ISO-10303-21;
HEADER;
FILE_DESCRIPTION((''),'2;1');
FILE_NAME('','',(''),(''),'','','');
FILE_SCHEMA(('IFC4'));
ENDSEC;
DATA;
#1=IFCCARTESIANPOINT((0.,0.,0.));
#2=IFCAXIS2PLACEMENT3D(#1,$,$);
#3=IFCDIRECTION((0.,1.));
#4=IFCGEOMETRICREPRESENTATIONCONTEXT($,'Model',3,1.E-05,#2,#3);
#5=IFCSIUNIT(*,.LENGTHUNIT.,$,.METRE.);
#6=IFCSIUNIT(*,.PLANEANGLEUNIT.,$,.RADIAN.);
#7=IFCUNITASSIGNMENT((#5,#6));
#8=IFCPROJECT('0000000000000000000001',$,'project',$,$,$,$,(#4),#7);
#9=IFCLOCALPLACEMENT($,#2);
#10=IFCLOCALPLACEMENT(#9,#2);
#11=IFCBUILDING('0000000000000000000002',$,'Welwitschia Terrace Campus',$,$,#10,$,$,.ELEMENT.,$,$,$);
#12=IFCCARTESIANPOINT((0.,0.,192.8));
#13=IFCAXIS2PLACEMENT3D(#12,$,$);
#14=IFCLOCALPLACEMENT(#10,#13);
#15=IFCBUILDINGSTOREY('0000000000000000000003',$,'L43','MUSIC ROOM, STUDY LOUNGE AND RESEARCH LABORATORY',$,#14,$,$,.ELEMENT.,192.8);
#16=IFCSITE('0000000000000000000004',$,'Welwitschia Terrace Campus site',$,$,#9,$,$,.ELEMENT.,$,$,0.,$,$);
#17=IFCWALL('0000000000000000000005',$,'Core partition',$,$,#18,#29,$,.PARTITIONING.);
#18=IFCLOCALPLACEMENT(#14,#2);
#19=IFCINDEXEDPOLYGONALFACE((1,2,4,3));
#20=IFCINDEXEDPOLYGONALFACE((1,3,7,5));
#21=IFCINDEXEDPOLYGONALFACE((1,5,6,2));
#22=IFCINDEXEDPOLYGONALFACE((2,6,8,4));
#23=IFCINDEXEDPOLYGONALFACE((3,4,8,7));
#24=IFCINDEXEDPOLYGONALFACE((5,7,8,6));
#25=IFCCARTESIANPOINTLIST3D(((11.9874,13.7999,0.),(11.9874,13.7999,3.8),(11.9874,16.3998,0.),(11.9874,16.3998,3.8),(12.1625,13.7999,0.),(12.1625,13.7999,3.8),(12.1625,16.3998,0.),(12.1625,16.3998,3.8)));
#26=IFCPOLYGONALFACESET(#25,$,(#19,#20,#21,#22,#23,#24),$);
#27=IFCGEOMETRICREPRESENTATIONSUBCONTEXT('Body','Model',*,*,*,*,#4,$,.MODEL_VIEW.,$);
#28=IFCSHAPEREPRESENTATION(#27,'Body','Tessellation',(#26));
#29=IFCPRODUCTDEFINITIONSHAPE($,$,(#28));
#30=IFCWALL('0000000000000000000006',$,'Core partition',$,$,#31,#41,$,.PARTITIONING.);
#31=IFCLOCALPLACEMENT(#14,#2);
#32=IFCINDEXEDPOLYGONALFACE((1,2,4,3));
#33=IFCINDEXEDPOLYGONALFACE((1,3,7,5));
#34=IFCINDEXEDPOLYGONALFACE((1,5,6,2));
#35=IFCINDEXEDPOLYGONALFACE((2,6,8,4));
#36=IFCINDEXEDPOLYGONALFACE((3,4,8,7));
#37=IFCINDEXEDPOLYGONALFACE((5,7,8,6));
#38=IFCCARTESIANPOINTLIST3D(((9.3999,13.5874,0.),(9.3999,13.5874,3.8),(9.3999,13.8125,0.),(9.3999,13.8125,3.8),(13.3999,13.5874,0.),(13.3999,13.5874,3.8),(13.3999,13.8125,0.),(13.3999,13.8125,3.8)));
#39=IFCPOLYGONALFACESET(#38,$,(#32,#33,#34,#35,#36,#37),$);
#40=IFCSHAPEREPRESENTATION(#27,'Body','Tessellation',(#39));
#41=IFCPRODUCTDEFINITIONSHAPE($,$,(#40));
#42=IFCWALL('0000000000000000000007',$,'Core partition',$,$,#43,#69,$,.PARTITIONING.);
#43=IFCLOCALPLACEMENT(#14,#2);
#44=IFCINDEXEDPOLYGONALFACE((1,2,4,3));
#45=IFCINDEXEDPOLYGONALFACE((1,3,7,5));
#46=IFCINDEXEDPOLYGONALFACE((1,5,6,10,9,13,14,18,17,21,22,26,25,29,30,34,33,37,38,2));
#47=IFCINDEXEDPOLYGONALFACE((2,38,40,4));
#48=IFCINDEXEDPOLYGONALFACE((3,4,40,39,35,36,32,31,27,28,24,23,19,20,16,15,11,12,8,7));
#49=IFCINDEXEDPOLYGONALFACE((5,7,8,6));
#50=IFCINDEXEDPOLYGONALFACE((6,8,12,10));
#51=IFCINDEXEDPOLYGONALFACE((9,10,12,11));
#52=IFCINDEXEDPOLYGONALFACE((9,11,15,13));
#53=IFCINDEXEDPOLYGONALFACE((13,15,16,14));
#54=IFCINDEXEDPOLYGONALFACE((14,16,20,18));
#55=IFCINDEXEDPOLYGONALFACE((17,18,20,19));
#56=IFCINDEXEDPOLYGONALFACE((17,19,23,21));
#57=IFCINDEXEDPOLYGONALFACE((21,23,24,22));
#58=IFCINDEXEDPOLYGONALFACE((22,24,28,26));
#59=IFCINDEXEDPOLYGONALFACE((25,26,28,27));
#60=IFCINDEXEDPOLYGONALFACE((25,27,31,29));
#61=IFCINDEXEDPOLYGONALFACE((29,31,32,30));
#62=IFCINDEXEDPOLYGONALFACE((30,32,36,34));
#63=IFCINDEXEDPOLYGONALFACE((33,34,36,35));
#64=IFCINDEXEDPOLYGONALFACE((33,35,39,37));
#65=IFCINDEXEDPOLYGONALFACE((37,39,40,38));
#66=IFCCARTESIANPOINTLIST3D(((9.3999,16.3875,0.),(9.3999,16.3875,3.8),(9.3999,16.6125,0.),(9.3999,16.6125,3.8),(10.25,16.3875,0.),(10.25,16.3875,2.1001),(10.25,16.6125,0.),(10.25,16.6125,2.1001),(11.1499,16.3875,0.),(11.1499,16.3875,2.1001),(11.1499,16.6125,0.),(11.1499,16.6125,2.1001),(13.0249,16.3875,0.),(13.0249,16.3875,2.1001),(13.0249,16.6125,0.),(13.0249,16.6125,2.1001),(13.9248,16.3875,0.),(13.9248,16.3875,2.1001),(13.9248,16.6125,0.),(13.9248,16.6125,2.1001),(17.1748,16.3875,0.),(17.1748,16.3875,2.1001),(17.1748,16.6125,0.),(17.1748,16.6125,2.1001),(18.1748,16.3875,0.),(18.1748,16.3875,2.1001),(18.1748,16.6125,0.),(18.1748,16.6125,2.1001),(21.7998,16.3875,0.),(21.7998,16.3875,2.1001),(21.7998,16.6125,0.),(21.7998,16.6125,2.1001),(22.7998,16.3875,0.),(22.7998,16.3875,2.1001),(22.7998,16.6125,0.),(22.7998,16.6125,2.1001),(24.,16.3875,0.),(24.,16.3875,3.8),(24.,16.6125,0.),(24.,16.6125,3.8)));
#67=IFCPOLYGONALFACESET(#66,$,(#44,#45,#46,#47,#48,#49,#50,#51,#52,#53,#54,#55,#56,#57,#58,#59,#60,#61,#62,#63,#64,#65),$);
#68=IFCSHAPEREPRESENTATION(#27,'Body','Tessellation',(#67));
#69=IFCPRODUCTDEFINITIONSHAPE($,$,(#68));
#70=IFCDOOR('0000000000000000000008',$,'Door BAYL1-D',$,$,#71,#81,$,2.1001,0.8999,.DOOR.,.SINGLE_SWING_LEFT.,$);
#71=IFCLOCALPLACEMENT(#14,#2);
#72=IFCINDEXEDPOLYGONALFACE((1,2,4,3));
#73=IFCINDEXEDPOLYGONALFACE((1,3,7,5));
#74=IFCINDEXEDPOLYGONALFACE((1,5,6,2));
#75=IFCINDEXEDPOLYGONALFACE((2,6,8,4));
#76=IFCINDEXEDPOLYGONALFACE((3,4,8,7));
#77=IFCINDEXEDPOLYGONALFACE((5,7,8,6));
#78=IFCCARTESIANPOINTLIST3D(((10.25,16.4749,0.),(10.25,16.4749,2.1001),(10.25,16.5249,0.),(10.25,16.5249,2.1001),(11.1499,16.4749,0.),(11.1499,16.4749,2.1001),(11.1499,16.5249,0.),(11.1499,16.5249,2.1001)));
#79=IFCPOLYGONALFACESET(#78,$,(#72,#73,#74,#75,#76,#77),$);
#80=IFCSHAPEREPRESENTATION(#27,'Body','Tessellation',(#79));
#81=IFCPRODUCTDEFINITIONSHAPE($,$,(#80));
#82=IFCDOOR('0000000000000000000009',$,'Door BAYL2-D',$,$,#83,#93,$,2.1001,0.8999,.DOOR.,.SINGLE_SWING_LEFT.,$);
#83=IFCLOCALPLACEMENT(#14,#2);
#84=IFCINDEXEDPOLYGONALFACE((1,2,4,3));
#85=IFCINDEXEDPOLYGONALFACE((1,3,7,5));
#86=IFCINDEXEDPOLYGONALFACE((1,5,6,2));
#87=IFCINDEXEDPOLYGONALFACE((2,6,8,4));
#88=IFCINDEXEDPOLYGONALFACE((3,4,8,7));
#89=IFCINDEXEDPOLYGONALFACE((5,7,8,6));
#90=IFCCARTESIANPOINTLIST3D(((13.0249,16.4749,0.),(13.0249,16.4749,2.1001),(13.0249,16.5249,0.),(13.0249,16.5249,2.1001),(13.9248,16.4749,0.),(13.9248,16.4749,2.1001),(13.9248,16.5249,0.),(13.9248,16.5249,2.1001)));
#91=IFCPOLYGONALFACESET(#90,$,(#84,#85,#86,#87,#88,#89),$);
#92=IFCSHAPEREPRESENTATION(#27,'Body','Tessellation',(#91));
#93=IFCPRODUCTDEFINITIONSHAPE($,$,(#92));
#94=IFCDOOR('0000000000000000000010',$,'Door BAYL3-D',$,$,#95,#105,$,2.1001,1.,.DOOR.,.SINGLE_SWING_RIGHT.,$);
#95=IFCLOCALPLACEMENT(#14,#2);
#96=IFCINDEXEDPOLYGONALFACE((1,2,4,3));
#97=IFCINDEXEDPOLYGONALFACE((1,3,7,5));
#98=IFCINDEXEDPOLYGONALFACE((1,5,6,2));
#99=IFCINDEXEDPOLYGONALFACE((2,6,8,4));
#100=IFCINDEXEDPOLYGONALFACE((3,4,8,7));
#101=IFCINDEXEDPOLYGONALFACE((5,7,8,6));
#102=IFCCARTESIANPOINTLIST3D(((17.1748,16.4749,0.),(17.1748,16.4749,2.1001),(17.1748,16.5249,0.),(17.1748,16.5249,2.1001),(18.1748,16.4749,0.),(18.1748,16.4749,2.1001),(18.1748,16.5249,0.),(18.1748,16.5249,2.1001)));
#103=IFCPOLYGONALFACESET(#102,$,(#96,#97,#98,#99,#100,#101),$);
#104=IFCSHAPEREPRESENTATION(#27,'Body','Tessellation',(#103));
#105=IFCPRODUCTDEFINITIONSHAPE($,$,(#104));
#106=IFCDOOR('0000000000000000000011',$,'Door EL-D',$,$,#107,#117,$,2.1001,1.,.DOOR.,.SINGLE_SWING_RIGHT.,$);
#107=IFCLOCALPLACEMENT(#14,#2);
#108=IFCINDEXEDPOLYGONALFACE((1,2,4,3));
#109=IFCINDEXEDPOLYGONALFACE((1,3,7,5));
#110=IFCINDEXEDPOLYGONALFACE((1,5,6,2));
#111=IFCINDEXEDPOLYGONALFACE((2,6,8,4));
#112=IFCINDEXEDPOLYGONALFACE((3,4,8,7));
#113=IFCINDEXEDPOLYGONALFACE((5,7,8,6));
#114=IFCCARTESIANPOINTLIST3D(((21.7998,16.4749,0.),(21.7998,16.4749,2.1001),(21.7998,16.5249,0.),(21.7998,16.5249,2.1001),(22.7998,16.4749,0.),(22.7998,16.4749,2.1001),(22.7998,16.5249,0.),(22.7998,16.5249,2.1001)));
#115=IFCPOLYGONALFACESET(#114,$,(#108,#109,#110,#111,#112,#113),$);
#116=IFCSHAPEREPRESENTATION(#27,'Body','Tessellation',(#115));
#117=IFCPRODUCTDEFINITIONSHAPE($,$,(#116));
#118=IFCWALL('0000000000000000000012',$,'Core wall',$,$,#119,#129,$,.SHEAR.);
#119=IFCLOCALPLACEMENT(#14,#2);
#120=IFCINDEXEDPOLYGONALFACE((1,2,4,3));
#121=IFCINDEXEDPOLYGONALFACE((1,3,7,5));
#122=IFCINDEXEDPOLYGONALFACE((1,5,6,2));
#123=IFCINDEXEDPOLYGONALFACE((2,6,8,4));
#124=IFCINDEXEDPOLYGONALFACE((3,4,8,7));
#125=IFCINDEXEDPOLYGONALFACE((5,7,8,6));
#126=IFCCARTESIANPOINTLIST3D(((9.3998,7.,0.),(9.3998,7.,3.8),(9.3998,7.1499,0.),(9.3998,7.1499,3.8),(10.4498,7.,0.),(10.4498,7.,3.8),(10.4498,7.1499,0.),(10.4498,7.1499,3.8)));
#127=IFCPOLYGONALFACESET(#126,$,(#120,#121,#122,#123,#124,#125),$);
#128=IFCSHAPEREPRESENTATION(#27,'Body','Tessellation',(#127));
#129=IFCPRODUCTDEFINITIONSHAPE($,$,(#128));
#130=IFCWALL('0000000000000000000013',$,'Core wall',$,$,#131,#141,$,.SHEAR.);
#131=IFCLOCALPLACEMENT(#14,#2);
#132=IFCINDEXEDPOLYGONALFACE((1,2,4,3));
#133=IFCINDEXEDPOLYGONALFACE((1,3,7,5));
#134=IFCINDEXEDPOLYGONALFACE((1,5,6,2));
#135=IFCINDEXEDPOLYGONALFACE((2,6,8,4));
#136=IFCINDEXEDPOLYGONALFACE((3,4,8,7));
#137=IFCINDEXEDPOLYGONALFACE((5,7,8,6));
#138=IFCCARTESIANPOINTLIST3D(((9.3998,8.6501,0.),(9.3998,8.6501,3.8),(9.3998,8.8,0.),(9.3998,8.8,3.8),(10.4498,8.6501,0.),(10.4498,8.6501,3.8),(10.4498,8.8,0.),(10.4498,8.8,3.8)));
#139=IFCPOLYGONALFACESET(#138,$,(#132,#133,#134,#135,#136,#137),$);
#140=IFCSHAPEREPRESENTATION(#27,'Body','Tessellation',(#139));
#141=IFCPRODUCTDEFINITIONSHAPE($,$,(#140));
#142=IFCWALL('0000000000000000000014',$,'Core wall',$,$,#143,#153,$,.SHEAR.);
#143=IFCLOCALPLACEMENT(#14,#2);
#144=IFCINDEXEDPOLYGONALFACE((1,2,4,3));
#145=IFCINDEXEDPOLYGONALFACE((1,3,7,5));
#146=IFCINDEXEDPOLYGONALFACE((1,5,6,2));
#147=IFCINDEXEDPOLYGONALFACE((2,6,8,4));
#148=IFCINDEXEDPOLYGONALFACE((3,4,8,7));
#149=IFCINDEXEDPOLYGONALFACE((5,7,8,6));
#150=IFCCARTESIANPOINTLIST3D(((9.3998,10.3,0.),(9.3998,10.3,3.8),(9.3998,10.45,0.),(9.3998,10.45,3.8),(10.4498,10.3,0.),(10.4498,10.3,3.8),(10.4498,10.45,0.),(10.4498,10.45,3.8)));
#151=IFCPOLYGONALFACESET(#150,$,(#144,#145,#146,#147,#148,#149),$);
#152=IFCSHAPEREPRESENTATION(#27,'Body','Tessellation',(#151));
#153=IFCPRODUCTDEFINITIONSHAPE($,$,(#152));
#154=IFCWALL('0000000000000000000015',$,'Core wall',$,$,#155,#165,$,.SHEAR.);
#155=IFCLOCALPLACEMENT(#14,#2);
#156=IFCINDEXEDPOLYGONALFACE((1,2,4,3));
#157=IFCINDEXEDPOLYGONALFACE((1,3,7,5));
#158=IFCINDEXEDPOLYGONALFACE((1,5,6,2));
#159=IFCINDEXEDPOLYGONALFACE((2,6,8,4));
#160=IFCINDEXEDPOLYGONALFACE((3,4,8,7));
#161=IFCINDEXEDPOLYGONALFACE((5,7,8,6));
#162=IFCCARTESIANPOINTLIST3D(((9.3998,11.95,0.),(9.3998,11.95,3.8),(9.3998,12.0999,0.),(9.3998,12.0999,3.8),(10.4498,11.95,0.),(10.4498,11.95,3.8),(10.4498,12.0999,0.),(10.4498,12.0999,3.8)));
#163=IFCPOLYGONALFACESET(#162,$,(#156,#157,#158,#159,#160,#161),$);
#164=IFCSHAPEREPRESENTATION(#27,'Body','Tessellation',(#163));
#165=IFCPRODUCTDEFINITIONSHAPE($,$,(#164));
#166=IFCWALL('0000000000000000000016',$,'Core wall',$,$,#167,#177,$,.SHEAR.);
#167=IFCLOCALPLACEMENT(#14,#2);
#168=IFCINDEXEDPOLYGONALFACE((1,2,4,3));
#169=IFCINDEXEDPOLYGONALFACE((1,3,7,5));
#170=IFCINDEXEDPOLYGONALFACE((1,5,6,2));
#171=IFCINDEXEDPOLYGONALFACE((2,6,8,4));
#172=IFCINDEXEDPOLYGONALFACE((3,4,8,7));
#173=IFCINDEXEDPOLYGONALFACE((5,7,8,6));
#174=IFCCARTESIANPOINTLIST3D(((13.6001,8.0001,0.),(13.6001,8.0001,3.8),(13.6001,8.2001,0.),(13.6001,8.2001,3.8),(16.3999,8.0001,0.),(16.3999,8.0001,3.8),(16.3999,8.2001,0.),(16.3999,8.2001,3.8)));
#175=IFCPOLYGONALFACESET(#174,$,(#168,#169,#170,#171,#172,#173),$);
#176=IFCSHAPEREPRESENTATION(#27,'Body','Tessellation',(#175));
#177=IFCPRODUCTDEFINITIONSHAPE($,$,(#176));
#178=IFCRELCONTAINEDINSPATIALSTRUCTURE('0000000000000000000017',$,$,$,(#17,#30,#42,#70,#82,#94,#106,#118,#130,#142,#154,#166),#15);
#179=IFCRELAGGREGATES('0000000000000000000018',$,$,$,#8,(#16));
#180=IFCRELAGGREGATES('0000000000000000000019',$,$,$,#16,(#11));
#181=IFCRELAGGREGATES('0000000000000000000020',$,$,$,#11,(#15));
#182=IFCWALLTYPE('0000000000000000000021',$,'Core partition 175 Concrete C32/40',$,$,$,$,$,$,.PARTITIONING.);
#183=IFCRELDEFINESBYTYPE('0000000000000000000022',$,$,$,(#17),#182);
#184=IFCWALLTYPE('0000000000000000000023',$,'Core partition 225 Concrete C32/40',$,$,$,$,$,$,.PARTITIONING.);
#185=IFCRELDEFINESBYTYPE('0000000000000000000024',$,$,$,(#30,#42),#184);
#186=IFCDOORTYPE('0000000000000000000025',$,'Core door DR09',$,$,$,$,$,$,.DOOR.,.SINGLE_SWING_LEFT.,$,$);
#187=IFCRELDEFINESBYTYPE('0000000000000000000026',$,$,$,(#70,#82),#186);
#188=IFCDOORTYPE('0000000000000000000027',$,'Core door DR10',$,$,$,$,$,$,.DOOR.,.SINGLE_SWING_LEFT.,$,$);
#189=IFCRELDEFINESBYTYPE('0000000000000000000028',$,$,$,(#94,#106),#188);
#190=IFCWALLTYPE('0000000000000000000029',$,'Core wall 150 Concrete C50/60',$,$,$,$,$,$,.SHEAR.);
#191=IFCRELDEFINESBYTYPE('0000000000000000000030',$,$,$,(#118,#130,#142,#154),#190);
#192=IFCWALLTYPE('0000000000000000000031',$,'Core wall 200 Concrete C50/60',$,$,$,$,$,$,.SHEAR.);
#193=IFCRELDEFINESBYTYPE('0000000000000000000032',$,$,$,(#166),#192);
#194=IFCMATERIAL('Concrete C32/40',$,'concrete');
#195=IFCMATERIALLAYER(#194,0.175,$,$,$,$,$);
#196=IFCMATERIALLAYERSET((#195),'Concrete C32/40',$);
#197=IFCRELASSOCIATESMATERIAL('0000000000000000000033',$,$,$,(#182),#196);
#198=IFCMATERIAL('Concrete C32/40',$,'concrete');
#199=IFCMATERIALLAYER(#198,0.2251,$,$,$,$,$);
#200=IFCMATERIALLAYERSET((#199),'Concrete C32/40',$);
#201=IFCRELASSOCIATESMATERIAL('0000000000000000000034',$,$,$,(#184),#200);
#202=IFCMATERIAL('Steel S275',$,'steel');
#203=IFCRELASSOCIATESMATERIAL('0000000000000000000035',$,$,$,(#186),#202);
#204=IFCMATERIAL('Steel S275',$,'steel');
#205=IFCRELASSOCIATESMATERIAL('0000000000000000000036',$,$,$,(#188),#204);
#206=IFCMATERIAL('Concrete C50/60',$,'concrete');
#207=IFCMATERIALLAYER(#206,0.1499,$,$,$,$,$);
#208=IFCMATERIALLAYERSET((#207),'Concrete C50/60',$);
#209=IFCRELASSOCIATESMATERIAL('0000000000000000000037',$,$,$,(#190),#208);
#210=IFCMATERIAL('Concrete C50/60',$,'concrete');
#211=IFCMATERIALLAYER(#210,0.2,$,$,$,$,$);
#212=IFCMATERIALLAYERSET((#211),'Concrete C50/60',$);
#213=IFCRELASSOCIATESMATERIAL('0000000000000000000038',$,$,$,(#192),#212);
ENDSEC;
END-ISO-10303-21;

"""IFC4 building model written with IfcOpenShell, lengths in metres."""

from ifc_helpers import new_model, si_unit, direction, frame, frame_2d, origin, place, context, subcontext, project, spatial, rectangle, extrude, material, layer, layer_set, type_object, element, fill, save


model = new_model("IFC4")

# Units and contexts
model_context = context("Model", 3, precision=1e-05, world=origin(), true_north=direction((0.0, 1.0)))
body_context = subcontext(model_context, "Body", "Model", "MODEL_VIEW")
ifc_project = project(units=[si_unit("LENGTHUNIT", "METRE"), si_unit("PLANEANGLEUNIT", "RADIAN")], contexts=[model_context])

# Site, building, storey
site_placement = place(None, origin())
site = spatial("IfcSite", under=ifc_project, at=site_placement, Name="Welwitschia Terrace Campus site", CompositionType="ELEMENT", RefElevation=0.0)
building_placement = place(site_placement, origin())
building = spatial("IfcBuilding", under=site, at=building_placement, Name="Welwitschia Terrace Campus", CompositionType="ELEMENT")
storey_placement = place(building_placement, frame((0.0, 0.0, 192.8)))
storey = spatial("IfcBuildingStorey", under=building, at=storey_placement, Name="L43", Description="MUSIC ROOM, STUDY LOUNGE AND RESEARCH LABORATORY", CompositionType="ELEMENT", Elevation=192.8)

# Walls
ifc_material_1 = material(Name="Concrete C32/40", Category="concrete")
ifc_layer_1 = layer(ifc_material_1, 0.175)
ifc_layer_set_1 = layer_set([ifc_layer_1], Name="Concrete C32/40")
wall_type_1 = type_object("IfcWallType", Name="Core partition 175 Concrete C32/40", PredefinedType="PARTITIONING", material=ifc_layer_set_1)
wall_1_placement = place(storey_placement, frame((12.075, 13.8, 0.0), z_axis=(0.0, 0.0, 1.0), x_axis=(0.0, 1.0, 0.0)))
element("IfcWall", 1, at=wall_1_placement, inside=storey, type_object=wall_type_1, Name="Core partition", PredefinedType="PARTITIONING", context=body_context, shape_type="SweptSolid", body=[
    extrude(rectangle(XDim=2.5999, YDim=0.175, at=frame_2d((1.2998, 0.0))), origin(), (0.0, 0.0, 1.0), 3.8),
])
ifc_material_2 = material(Name="Concrete C32/40", Category="concrete")
ifc_layer_2 = layer(ifc_material_2, 0.2251)
ifc_layer_set_2 = layer_set([ifc_layer_2], Name="Concrete C32/40")
wall_type_2 = type_object("IfcWallType", Name="Core partition 225 Concrete C32/40", PredefinedType="PARTITIONING", material=ifc_layer_set_2)
wall_2_placement = place(storey_placement, frame((9.3999, 13.7, 0.0), z_axis=(0.0, 0.0, 1.0), x_axis=(1.0, 0.0, 0.0)))
element("IfcWall", 2, at=wall_2_placement, inside=storey, type_object=wall_type_2, Name="Core partition", PredefinedType="PARTITIONING", context=body_context, shape_type="SweptSolid", body=[
    extrude(rectangle(XDim=4.0, YDim=0.2251, at=frame_2d((2.0, 0.0))), origin(), (0.0, 0.0, 1.0), 3.8),
])

# Wall, openings, doors
wall_3_placement = place(storey_placement, frame((9.3999, 16.5, 0.0), z_axis=(0.0, 0.0, 1.0), x_axis=(1.0, 0.0, 0.0)))
wall_3 = element("IfcWall", 3, at=wall_3_placement, inside=storey, type_object=wall_type_2, Name="Core partition", PredefinedType="PARTITIONING", context=body_context, shape_type="SweptSolid", body=[
    extrude(rectangle(XDim=14.6001, YDim=0.2251, at=frame_2d((7.3, 0.0))), origin(), (0.0, 0.0, 1.0), 3.8),
])
opening_1_placement = place(wall_3_placement, frame((0.8501, 0.0, 0.0)))
opening_1 = element("IfcOpeningElement", 4, at=opening_1_placement, cuts=wall_3, PredefinedType="OPENING", context=body_context, shape_type="SweptSolid", body=[
    extrude(rectangle(XDim=0.8999, YDim=2.1001, at=frame_2d((0.45, 1.05))), frame((0.0, 0.1226, 0.0), z_axis=(0.0, -1.0, 0.0), x_axis=(1.0, 0.0, 0.0)), (0.0, 0.0, 1.0), 0.2451),
])
opening_2_placement = place(wall_3_placement, frame((3.625, 0.0, 0.0)))
opening_2 = element("IfcOpeningElement", 5, at=opening_2_placement, cuts=wall_3, PredefinedType="OPENING", context=body_context, shape_type="SweptSolid", body=[
    extrude(rectangle(XDim=0.8999, YDim=2.1001, at=frame_2d((0.45, 1.05))), frame((0.0, 0.1226, 0.0), z_axis=(0.0, -1.0, 0.0), x_axis=(1.0, 0.0, 0.0)), (0.0, 0.0, 1.0), 0.2451),
])
opening_3_placement = place(wall_3_placement, frame((7.7749, 0.0, 0.0)))
opening_3 = element("IfcOpeningElement", 6, at=opening_3_placement, cuts=wall_3, PredefinedType="OPENING", context=body_context, shape_type="SweptSolid", body=[
    extrude(rectangle(XDim=1.0, YDim=2.1001, at=frame_2d((0.5, 1.05))), frame((0.0, 0.1226, 0.0), z_axis=(0.0, -1.0, 0.0), x_axis=(1.0, 0.0, 0.0)), (0.0, 0.0, 1.0), 0.2451),
])
opening_4_placement = place(wall_3_placement, frame((12.3999, 0.0, 0.0)))
opening_4 = element("IfcOpeningElement", 7, at=opening_4_placement, cuts=wall_3, PredefinedType="OPENING", context=body_context, shape_type="SweptSolid", body=[
    extrude(rectangle(XDim=1.0, YDim=2.1001, at=frame_2d((0.5, 1.05))), frame((0.0, 0.1226, 0.0), z_axis=(0.0, -1.0, 0.0), x_axis=(1.0, 0.0, 0.0)), (0.0, 0.0, 1.0), 0.2451),
])
ifc_material_3 = material(Name="Steel S275", Category="steel")
door_type_1 = type_object("IfcDoorType", Name="Core door DR09", OperationType="SINGLE_SWING_LEFT", PredefinedType="DOOR", material=ifc_material_3)
door_1_placement = place(opening_1_placement, origin())
door_1 = element("IfcDoor", 8, at=door_1_placement, inside=storey, type_object=door_type_1, Name="Door BAYL1-D", OperationType="SINGLE_SWING_LEFT", OverallHeight=2.1001, OverallWidth=0.8999, PredefinedType="DOOR", context=body_context, shape_type="SweptSolid", body=[
    extrude(rectangle(XDim=0.8999, YDim=2.1001, at=frame_2d((0.45, 1.05))), frame((0.0, 0.0249, 0.0), z_axis=(0.0, -1.0, 0.0), x_axis=(1.0, 0.0, 0.0)), (0.0, 0.0, 1.0), 0.05),
])
fill(opening_1, door_1)
door_2_placement = place(opening_2_placement, origin())
door_2 = element("IfcDoor", 9, at=door_2_placement, inside=storey, type_object=door_type_1, Name="Door BAYL2-D", OperationType="SINGLE_SWING_LEFT", OverallHeight=2.1001, OverallWidth=0.8999, PredefinedType="DOOR", context=body_context, shape_type="SweptSolid", body=[
    extrude(rectangle(XDim=0.8999, YDim=2.1001, at=frame_2d((0.45, 1.05))), frame((0.0, 0.0249, 0.0), z_axis=(0.0, -1.0, 0.0), x_axis=(1.0, 0.0, 0.0)), (0.0, 0.0, 1.0), 0.05),
])
fill(opening_2, door_2)
ifc_material_4 = material(Name="Steel S275", Category="steel")
door_type_2 = type_object("IfcDoorType", Name="Core door DR10", OperationType="SINGLE_SWING_LEFT", PredefinedType="DOOR", material=ifc_material_4)
door_3_placement = place(opening_3_placement, origin())
door_3 = element("IfcDoor", 10, at=door_3_placement, inside=storey, type_object=door_type_2, Name="Door BAYL3-D", OperationType="SINGLE_SWING_RIGHT", OverallHeight=2.1001, OverallWidth=1.0, PredefinedType="DOOR", context=body_context, shape_type="SweptSolid", body=[
    extrude(rectangle(XDim=1.0, YDim=2.1001, at=frame_2d((0.5, 1.05))), frame((0.0, 0.0249, 0.0), z_axis=(0.0, -1.0, 0.0), x_axis=(1.0, 0.0, 0.0)), (0.0, 0.0, 1.0), 0.05),
])
fill(opening_3, door_3)
door_4_placement = place(opening_4_placement, origin())
door_4 = element("IfcDoor", 11, at=door_4_placement, inside=storey, type_object=door_type_2, Name="Door EL-D", OperationType="SINGLE_SWING_RIGHT", OverallHeight=2.1001, OverallWidth=1.0, PredefinedType="DOOR", context=body_context, shape_type="SweptSolid", body=[
    extrude(rectangle(XDim=1.0, YDim=2.1001, at=frame_2d((0.5, 1.05))), frame((0.0, 0.0249, 0.0), z_axis=(0.0, -1.0, 0.0), x_axis=(1.0, 0.0, 0.0)), (0.0, 0.0, 1.0), 0.05),
])
fill(opening_4, door_4)

# Walls
ifc_material_5 = material(Name="Concrete C50/60", Category="concrete")
ifc_layer_3 = layer(ifc_material_5, 0.1499)
ifc_layer_set_3 = layer_set([ifc_layer_3], Name="Concrete C50/60")
wall_type_3 = type_object("IfcWallType", Name="Core wall 150 Concrete C50/60", PredefinedType="SHEAR", material=ifc_layer_set_3)
for number, where, z_axis, x_axis, name in (
    (12, (9.3999, 7.075, 0.0), (0.0, 0.0, 1.0), (1.0, 0.0, 0.0), "Core wall"),
    (13, (9.3999, 8.7251, 0.0), (0.0, 0.0, 1.0), (1.0, 0.0, 0.0), "Core wall"),
    (14, (9.3999, 10.375, 0.0), (0.0, 0.0, 1.0), (1.0, 0.0, 0.0), "Core wall"),
    (15, (9.3999, 12.0249, 0.0), (0.0, 0.0, 1.0), (1.0, 0.0, 0.0), "Core wall"),
):
    element("IfcWall", number, at=place(storey_placement, frame(where, z_axis=z_axis, x_axis=x_axis)), inside=storey, type_object=wall_type_3, Name=name, PredefinedType="SHEAR", context=body_context, shape_type="SweptSolid", body=[
        extrude(rectangle(XDim=1.05, YDim=0.1499, at=frame_2d((0.5249, 0.0))), origin(), (0.0, 0.0, 1.0), 3.8),
    ])
ifc_material_6 = material(Name="Concrete C50/60", Category="concrete")
ifc_layer_4 = layer(ifc_material_6, 0.2)
ifc_layer_set_4 = layer_set([ifc_layer_4], Name="Concrete C50/60")
wall_type_4 = type_object("IfcWallType", Name="Core wall 200 Concrete C50/60", PredefinedType="SHEAR", material=ifc_layer_set_4)
for number, where, z_axis, x_axis, name in (
    (16, (13.6001, 8.1001, 0.0), (0.0, 0.0, 1.0), (1.0, 0.0, 0.0), "Core wall"),
):
    element("IfcWall", number, at=place(storey_placement, frame(where, z_axis=z_axis, x_axis=x_axis)), inside=storey, type_object=wall_type_4, Name=name, PredefinedType="SHEAR", context=body_context, shape_type="SweptSolid", body=[
        extrude(rectangle(XDim=2.7998, YDim=0.2, at=frame_2d((1.3999, 0.0))), origin(), (0.0, 0.0, 1.0), 3.8),
    ])

save(model, "model.ifc")
